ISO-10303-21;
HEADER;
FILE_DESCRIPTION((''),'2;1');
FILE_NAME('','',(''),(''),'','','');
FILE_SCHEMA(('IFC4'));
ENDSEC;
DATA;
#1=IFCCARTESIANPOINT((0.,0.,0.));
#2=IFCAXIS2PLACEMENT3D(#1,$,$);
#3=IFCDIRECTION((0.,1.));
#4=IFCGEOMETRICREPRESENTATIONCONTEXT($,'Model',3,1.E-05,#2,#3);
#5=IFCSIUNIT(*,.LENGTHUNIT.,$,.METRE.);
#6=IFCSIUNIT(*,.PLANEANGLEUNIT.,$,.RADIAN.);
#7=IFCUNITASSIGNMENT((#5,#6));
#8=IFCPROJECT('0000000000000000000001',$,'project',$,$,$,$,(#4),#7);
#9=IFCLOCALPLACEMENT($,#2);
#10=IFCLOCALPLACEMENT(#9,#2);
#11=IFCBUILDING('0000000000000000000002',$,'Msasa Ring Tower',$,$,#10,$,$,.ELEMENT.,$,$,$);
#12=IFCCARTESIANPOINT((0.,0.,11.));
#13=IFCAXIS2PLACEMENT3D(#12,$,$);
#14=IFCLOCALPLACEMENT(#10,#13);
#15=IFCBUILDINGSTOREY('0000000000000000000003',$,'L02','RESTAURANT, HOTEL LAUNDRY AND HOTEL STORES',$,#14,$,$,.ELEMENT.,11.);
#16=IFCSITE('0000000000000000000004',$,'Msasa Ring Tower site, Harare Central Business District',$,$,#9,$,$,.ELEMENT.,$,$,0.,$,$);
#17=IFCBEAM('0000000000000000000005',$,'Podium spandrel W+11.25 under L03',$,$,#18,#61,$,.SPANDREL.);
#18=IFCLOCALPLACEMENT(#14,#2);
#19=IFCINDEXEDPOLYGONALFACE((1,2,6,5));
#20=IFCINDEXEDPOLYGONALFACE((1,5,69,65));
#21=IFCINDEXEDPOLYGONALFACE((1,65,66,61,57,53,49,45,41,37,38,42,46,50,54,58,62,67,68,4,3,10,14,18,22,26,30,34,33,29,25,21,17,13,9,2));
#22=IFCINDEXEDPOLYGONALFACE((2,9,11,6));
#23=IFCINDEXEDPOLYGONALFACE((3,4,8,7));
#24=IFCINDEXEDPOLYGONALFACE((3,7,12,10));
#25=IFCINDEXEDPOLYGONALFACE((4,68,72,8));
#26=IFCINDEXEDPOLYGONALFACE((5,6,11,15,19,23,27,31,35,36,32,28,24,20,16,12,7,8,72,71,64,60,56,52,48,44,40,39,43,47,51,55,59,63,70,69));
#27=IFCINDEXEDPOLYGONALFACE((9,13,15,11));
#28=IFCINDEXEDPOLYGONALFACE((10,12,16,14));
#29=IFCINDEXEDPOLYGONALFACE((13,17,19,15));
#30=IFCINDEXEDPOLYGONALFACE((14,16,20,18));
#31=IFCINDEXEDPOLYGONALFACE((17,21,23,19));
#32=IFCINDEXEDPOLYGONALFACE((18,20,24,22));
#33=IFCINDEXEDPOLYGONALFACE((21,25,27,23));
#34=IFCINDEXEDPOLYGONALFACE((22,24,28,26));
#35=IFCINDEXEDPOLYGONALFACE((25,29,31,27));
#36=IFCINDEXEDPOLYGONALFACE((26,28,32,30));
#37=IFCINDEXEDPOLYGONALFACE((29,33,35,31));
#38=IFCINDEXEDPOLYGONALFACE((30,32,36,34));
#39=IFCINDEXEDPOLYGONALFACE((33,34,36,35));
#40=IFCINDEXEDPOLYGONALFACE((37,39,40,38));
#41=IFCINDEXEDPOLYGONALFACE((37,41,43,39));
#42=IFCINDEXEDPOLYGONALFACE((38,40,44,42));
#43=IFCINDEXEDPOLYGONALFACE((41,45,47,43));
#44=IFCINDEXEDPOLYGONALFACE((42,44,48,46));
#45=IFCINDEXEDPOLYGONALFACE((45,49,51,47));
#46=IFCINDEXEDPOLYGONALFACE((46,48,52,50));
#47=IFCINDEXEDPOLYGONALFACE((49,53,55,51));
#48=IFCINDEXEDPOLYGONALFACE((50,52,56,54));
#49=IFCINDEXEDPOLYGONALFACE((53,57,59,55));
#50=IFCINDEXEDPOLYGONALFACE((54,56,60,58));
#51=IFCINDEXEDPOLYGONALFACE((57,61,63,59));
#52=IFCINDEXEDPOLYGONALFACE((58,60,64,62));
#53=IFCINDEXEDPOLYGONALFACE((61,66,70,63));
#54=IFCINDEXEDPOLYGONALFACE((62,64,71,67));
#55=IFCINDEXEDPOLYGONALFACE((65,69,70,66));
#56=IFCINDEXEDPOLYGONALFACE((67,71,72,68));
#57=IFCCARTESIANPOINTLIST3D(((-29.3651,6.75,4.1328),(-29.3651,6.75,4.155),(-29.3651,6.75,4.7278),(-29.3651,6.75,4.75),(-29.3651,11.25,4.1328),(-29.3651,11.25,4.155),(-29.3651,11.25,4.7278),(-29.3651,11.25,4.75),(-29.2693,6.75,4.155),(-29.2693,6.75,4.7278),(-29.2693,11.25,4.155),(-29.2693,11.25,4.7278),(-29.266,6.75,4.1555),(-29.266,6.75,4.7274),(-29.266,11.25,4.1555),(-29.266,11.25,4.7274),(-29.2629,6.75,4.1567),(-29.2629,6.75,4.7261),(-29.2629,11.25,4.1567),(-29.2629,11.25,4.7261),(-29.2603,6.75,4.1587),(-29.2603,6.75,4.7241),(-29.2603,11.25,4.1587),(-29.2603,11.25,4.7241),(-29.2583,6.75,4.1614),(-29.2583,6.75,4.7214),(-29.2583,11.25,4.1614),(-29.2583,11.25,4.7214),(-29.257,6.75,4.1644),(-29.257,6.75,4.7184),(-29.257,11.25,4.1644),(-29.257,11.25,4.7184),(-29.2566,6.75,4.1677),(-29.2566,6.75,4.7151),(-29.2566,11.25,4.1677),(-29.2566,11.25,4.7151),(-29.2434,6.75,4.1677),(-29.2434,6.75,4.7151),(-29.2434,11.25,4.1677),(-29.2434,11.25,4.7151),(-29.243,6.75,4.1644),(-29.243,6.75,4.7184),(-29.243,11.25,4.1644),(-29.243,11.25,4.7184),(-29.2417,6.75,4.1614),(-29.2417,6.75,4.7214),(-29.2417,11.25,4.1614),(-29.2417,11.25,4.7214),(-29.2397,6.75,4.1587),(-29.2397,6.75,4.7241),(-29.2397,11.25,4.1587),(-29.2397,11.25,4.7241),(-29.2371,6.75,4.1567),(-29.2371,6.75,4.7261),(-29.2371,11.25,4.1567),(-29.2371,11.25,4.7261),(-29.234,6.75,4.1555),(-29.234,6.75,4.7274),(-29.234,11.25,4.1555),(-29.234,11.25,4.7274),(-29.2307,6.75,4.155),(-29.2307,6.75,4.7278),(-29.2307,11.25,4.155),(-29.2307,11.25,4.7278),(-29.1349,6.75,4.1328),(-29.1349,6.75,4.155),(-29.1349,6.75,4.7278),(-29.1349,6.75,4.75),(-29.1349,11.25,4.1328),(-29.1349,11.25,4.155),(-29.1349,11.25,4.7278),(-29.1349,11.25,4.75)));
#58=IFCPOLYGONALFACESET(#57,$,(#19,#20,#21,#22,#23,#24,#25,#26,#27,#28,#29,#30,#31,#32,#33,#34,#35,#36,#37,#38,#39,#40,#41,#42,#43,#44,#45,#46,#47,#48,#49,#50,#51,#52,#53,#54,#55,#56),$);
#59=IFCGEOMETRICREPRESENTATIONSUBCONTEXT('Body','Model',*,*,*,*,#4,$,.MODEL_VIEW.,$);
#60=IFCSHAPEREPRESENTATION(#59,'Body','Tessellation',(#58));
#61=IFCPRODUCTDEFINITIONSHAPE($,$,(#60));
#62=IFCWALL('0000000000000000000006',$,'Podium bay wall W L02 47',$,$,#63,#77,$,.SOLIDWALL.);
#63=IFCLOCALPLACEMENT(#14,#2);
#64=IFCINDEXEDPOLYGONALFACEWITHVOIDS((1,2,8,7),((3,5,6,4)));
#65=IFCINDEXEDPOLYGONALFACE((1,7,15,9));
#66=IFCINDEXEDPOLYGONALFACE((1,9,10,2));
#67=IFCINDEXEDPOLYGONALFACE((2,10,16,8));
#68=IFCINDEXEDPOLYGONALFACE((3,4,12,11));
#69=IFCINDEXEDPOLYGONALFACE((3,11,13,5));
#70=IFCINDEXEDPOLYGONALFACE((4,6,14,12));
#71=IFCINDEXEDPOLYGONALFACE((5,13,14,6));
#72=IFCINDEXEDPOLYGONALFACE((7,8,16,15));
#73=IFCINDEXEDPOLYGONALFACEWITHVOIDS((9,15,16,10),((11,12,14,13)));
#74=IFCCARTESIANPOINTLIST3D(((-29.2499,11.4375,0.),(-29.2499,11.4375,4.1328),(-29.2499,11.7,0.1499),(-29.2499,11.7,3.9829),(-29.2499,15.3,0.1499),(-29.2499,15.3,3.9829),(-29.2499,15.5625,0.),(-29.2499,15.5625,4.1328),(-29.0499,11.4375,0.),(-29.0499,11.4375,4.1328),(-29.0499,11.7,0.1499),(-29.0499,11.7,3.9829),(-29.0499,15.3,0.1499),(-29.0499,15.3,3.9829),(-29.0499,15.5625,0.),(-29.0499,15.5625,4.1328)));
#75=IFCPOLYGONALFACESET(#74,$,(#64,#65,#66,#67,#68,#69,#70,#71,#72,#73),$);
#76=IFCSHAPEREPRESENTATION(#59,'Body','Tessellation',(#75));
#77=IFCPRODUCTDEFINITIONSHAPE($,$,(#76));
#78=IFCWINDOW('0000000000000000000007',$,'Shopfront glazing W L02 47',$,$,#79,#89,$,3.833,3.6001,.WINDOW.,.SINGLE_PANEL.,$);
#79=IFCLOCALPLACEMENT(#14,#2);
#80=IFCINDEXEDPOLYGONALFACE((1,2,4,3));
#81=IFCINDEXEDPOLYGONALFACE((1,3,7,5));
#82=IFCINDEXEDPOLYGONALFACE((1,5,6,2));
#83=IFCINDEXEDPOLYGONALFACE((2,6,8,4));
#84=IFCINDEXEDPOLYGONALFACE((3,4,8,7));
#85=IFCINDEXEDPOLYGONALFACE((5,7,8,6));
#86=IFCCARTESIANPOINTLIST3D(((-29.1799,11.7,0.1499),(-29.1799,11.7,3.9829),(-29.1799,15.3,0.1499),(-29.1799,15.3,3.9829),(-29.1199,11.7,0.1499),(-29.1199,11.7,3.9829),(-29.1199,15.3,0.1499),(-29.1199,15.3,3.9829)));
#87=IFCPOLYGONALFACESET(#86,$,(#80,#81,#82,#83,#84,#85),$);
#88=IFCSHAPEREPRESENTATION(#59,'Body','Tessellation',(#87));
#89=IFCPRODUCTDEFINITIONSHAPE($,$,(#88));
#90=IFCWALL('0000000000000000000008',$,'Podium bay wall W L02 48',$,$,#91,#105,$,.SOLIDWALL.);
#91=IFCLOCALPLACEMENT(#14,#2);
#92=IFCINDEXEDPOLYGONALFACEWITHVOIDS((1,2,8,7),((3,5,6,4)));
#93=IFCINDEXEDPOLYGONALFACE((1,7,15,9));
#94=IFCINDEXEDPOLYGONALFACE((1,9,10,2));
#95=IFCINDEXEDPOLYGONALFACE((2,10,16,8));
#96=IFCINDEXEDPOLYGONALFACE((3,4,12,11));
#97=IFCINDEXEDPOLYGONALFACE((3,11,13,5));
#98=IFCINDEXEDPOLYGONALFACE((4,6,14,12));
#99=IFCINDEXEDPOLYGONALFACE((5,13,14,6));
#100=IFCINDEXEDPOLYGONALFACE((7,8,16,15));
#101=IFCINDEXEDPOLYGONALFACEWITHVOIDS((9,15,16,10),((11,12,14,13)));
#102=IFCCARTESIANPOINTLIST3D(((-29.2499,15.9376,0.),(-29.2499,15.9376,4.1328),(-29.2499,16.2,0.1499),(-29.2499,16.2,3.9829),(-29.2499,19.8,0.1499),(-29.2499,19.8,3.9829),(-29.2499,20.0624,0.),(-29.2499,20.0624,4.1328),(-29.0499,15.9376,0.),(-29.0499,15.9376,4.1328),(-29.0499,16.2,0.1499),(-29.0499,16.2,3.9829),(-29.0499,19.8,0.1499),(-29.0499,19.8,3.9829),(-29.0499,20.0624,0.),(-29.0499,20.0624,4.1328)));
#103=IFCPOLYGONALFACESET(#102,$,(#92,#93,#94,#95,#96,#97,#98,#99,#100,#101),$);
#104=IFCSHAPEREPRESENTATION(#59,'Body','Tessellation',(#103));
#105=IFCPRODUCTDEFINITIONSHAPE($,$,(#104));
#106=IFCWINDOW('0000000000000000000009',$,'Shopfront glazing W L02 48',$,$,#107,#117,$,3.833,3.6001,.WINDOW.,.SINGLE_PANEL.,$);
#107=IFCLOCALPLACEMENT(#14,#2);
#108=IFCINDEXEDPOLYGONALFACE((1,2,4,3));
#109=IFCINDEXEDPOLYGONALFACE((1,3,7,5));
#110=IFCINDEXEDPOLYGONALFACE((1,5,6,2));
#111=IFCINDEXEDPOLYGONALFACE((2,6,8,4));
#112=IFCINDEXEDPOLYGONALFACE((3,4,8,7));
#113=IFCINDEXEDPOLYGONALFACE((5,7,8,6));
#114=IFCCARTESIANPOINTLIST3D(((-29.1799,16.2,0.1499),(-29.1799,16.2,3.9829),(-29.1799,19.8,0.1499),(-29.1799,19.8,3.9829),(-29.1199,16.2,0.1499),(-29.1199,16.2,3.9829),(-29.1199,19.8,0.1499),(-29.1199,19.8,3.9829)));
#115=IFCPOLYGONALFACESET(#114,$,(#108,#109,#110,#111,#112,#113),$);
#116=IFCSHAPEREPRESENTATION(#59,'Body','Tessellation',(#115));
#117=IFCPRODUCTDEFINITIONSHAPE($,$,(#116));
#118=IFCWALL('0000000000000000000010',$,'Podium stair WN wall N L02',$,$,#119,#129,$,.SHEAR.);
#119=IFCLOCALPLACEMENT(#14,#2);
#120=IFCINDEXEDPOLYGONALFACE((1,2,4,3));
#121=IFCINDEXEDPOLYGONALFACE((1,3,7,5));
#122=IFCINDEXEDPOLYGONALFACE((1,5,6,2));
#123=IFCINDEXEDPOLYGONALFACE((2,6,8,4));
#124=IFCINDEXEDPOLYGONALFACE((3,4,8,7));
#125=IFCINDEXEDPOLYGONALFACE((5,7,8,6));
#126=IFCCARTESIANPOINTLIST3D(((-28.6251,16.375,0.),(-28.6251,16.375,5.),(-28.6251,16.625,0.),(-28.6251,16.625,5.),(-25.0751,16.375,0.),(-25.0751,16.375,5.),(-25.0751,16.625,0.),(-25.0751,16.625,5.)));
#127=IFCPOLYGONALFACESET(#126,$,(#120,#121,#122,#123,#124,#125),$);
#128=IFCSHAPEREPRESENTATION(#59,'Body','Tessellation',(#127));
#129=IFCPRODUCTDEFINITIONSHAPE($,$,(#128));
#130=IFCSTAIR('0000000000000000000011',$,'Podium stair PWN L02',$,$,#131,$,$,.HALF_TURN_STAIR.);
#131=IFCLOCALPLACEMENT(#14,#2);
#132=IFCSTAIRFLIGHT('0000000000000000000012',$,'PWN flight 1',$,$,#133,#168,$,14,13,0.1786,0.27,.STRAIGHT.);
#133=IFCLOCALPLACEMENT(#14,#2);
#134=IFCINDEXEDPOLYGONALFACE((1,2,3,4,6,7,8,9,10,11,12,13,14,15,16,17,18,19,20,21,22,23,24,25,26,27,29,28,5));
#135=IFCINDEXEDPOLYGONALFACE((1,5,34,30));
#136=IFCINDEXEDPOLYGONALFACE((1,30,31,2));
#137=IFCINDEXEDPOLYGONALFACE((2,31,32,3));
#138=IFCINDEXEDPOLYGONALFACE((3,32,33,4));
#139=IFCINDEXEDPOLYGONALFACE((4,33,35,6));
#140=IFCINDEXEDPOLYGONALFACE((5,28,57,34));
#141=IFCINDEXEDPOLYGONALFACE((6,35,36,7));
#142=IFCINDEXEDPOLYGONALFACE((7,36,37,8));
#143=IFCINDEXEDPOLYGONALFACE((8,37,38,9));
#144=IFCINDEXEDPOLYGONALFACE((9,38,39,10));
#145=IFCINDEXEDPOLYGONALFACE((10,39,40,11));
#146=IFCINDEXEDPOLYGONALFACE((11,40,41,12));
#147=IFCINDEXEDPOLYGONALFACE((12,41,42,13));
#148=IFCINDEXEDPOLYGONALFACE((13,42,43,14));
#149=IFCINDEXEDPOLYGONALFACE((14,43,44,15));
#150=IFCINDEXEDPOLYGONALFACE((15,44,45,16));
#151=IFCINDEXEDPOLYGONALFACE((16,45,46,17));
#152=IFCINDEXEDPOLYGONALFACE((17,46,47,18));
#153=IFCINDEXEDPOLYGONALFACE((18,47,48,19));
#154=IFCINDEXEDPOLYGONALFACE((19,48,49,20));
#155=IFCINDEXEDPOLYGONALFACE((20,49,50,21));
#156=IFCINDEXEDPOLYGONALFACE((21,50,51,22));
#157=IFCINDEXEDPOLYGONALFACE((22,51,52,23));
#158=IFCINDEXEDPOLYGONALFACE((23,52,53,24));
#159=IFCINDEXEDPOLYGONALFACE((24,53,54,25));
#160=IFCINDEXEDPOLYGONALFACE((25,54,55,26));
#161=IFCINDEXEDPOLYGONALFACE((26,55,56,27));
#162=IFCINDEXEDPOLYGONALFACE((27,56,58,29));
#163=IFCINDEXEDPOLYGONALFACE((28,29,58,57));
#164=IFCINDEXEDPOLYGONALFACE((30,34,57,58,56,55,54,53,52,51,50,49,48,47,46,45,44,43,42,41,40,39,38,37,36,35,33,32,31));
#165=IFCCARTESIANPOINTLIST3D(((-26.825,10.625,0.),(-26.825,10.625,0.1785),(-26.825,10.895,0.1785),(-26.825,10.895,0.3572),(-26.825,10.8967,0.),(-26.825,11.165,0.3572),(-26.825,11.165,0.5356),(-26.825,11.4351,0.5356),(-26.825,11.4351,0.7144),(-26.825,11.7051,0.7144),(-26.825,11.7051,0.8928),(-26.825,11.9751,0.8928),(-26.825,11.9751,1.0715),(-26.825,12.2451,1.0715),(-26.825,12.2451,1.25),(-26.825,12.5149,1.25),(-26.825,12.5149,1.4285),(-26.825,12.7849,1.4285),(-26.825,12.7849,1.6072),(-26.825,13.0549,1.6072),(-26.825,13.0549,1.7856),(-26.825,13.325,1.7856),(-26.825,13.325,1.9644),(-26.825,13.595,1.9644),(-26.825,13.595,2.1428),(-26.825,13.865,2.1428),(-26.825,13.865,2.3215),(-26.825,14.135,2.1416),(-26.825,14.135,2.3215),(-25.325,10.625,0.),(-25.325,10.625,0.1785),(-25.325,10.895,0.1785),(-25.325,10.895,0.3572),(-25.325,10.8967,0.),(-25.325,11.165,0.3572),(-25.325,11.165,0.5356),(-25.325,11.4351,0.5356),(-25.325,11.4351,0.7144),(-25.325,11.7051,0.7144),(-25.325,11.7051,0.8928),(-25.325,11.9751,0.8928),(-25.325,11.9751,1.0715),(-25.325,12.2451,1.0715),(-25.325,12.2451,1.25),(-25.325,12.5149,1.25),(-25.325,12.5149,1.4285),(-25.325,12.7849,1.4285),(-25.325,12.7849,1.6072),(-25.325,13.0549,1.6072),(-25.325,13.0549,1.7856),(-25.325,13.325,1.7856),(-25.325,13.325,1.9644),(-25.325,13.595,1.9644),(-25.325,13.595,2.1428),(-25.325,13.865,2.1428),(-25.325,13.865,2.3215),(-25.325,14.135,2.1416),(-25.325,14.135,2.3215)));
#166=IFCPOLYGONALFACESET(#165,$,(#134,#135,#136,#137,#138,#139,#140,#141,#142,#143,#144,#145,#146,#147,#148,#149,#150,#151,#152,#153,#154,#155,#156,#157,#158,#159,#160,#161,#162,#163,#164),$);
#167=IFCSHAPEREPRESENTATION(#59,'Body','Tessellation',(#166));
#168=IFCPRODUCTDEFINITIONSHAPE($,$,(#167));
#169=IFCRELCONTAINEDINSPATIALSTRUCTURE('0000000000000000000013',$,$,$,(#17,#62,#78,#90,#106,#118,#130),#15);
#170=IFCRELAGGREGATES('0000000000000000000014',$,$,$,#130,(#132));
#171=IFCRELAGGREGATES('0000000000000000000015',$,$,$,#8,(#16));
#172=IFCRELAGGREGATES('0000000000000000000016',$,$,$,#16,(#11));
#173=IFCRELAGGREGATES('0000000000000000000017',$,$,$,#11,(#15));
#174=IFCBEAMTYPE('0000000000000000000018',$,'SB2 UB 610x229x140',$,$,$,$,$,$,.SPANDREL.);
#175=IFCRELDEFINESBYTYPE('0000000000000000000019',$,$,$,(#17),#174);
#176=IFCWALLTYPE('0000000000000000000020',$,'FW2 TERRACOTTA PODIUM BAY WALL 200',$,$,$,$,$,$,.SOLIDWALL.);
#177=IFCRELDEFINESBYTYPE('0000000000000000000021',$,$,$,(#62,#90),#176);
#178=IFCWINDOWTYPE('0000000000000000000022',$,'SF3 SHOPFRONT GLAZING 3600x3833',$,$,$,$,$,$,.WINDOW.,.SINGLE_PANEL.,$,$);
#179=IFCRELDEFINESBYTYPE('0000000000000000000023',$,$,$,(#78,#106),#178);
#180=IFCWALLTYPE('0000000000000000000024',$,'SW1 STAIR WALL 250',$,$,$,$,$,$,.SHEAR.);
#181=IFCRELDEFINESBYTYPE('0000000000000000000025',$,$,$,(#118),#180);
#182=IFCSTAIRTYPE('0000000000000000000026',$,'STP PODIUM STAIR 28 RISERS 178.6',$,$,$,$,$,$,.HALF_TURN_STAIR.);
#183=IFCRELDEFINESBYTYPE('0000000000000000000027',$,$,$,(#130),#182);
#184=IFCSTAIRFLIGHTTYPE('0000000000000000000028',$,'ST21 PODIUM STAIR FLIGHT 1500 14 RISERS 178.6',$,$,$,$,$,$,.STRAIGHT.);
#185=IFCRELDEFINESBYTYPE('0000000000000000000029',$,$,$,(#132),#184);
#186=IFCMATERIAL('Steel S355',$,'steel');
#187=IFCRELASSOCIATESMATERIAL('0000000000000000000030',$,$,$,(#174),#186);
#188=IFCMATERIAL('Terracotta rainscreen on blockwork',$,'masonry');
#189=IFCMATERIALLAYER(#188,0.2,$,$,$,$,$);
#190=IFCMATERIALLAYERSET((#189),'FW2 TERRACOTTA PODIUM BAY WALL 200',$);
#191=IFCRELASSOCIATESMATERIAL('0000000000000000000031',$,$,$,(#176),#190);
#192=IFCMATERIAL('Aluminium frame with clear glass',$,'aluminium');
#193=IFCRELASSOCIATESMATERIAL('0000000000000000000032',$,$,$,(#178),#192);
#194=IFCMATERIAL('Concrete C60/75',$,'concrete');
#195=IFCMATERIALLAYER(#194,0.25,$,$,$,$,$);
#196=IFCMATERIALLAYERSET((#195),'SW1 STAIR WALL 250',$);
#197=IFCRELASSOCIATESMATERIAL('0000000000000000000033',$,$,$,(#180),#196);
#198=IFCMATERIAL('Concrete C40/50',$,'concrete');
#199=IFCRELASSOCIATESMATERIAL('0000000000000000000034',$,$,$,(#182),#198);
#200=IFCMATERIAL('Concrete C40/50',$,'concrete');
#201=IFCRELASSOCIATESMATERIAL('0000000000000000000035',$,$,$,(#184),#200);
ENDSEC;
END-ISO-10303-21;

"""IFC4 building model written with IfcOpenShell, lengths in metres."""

from ifc_helpers import new_model, si_unit, direction, frame, frame_2d, origin, origin_2d, place, context, subcontext, project, spatial, polyline, rectangle, i_section, outline, extrude, material, layer, layer_set, material_profile, profile_set, type_object, element, fill, aggregate, save


model = new_model("IFC4")

# Units and contexts
model_context = context("Model", 3, precision=1e-05, world=origin(), true_north=direction((0.0, 1.0)))
body_context = subcontext(model_context, "Body", "Model", "MODEL_VIEW")
ifc_project = project(units=[si_unit("LENGTHUNIT", "METRE"), si_unit("PLANEANGLEUNIT", "RADIAN")], contexts=[model_context])

# Site, building, storey
site_placement = place(None, origin())
site = spatial("IfcSite", under=ifc_project, at=site_placement, Name="Msasa Ring Tower site, Harare Central Business District", CompositionType="ELEMENT", RefElevation=0.0)
building_placement = place(site_placement, origin())
building = spatial("IfcBuilding", under=site, at=building_placement, Name="Msasa Ring Tower", CompositionType="ELEMENT")
storey_placement = place(building_placement, frame((0.0, 0.0, 11.0)))
storey = spatial("IfcBuildingStorey", under=building, at=storey_placement, Name="L02", Description="RESTAURANT, HOTEL LAUNDRY AND HOTEL STORES", CompositionType="ELEMENT", Elevation=11.0)

# Beam
ifc_material_1 = material(Name="Steel S355", Category="steel")
ifc_material_profile_1 = material_profile(ifc_material_1, i_section(OverallWidth=0.2302, OverallDepth=0.6172, WebThickness=0.0132, FlangeThickness=0.0222, FilletRadius=0.0127, at=origin_2d()), Name="UB 610x229x140")
ifc_profile_set_1 = profile_set([ifc_material_profile_1], Name="Steel S355")
beam_type_1 = type_object("IfcBeamType", Name="SB2 UB 610x229x140", PredefinedType="SPANDREL", material=ifc_profile_set_1)
for number, where, z_axis, x_axis, name in (
    (1, (-29.25, 11.25, 4.4414), (0.0, -1.0, 0.0), (1.0, 0.0, 0.0), "Podium spandrel W+11.25 under L03"),
):
    element("IfcBeam", number, at=place(storey_placement, frame(where, z_axis=z_axis, x_axis=x_axis)), inside=storey, type_object=beam_type_1, Name=name, PredefinedType="SPANDREL", context=body_context, shape_type="SweptSolid", body=[
        extrude(i_section(OverallWidth=0.2302, OverallDepth=0.6172, WebThickness=0.0132, FlangeThickness=0.0222, FilletRadius=0.0127, at=origin_2d()), origin(), (0.0, 0.0, 1.0), 4.5),
    ])

# Walls, openings, windows
ifc_material_2 = material(Name="Terracotta rainscreen on blockwork", Category="masonry")
ifc_layer_1 = layer(ifc_material_2, 0.2)
ifc_layer_set_1 = layer_set([ifc_layer_1], Name="FW2 TERRACOTTA PODIUM BAY WALL 200")
wall_type_1 = type_object("IfcWallType", Name="FW2 TERRACOTTA PODIUM BAY WALL 200", PredefinedType="SOLIDWALL", material=ifc_layer_set_1)
wall_1_placement = place(storey_placement, frame((-29.1499, 11.4375, 0.0), z_axis=(0.0, 0.0, 1.0), x_axis=(0.0, 1.0, 0.0)))
wall_1 = element("IfcWall", 2, at=wall_1_placement, inside=storey, type_object=wall_type_1, Name="Podium bay wall W L02 47", PredefinedType="SOLIDWALL", context=body_context, shape_type="SweptSolid", body=[
    extrude(rectangle(XDim=4.125, YDim=0.2, at=frame_2d((2.0625, 0.0))), origin(), (0.0, 0.0, 1.0), 4.1328),
])
opening_1_placement = place(wall_1_placement, frame((0.2625, 0.0, 0.1499)))
opening_1 = element("IfcOpeningElement", 3, at=opening_1_placement, cuts=wall_1, PredefinedType="OPENING", context=body_context, shape_type="SweptSolid", body=[
    extrude(rectangle(XDim=3.6001, YDim=3.833, at=frame_2d((1.8, 1.9165))), frame((0.0, 0.1099, 0.0), z_axis=(0.0, -1.0, 0.0), x_axis=(1.0, 0.0, 0.0)), (0.0, 0.0, 1.0), 0.22),
])
ifc_material_3 = material(Name="Aluminium frame with clear glass", Category="aluminium")
window_type = type_object("IfcWindowType", Name="SF3 SHOPFRONT GLAZING 3600x3833", PartitioningType="SINGLE_PANEL", PredefinedType="WINDOW", material=ifc_material_3)
window_1_placement = place(opening_1_placement, origin())
window_1 = element("IfcWindow", 4, at=window_1_placement, inside=storey, type_object=window_type, Name="Shopfront glazing W L02 47", OverallHeight=3.833, OverallWidth=3.6001, PartitioningType="SINGLE_PANEL", PredefinedType="WINDOW", context=body_context, shape_type="SweptSolid", body=[
    extrude(rectangle(XDim=3.6001, YDim=3.833, at=frame_2d((1.8, 1.9165))), frame((0.0, 0.03, 0.0), z_axis=(0.0, -1.0, 0.0), x_axis=(1.0, 0.0, 0.0)), (0.0, 0.0, 1.0), 0.0601),
])
fill(opening_1, window_1)
wall_2_placement = place(storey_placement, frame((-29.1499, 15.9375, 0.0), z_axis=(0.0, 0.0, 1.0), x_axis=(0.0, 1.0, 0.0)))
wall_2 = element("IfcWall", 5, at=wall_2_placement, inside=storey, type_object=wall_type_1, Name="Podium bay wall W L02 48", PredefinedType="SOLIDWALL", context=body_context, shape_type="SweptSolid", body=[
    extrude(rectangle(XDim=4.1248, YDim=0.2, at=frame_2d((2.0625, 0.0))), origin(), (0.0, 0.0, 1.0), 4.1328),
])
opening_2_placement = place(wall_2_placement, frame((0.2625, 0.0, 0.1499)))
opening_2 = element("IfcOpeningElement", 6, at=opening_2_placement, cuts=wall_2, PredefinedType="OPENING", context=body_context, shape_type="SweptSolid", body=[
    extrude(rectangle(XDim=3.6001, YDim=3.833, at=frame_2d((1.8, 1.9165))), frame((0.0, 0.1099, 0.0), z_axis=(0.0, -1.0, 0.0), x_axis=(1.0, 0.0, 0.0)), (0.0, 0.0, 1.0), 0.22),
])
window_2_placement = place(opening_2_placement, origin())
window_2 = element("IfcWindow", 7, at=window_2_placement, inside=storey, type_object=window_type, Name="Shopfront glazing W L02 48", OverallHeight=3.833, OverallWidth=3.6001, PartitioningType="SINGLE_PANEL", PredefinedType="WINDOW", context=body_context, shape_type="SweptSolid", body=[
    extrude(rectangle(XDim=3.6001, YDim=3.833, at=frame_2d((1.8, 1.9165))), frame((0.0, 0.03, 0.0), z_axis=(0.0, -1.0, 0.0), x_axis=(1.0, 0.0, 0.0)), (0.0, 0.0, 1.0), 0.0601),
])
fill(opening_2, window_2)

# Wall
ifc_material_4 = material(Name="Concrete C60/75", Category="concrete")
ifc_layer_2 = layer(ifc_material_4, 0.25)
ifc_layer_set_2 = layer_set([ifc_layer_2], Name="SW1 STAIR WALL 250")
wall_type_2 = type_object("IfcWallType", Name="SW1 STAIR WALL 250", PredefinedType="SHEAR", material=ifc_layer_set_2)
wall_3_placement = place(storey_placement, frame((-28.625, 16.5, 0.0), z_axis=(0.0, 0.0, 1.0), x_axis=(1.0, 0.0, 0.0)))
element("IfcWall", 8, at=wall_3_placement, inside=storey, type_object=wall_type_2, Name="Podium stair WN wall N L02", PredefinedType="SHEAR", context=body_context, shape_type="SweptSolid", body=[
    extrude(rectangle(XDim=3.55, YDim=0.25, at=frame_2d((1.7749, 0.0))), origin(), (0.0, 0.0, 1.0), 5.0),
])

# Stair, stair flight
ifc_material_5 = material(Name="Concrete C40/50", Category="concrete")
stair_type = type_object("IfcStairType", Name="STP PODIUM STAIR 28 RISERS 178.6", PredefinedType="HALF_TURN_STAIR", material=ifc_material_5)
stair_placement = place(storey_placement, origin())
stair = element("IfcStair", 9, at=stair_placement, inside=storey, type_object=stair_type, Name="Podium stair PWN L02", PredefinedType="HALF_TURN_STAIR")
ifc_material_6 = material(Name="Concrete C40/50", Category="concrete")
stair_flight_type = type_object("IfcStairFlightType", Name="ST21 PODIUM STAIR FLIGHT 1500 14 RISERS 178.6", PredefinedType="STRAIGHT", material=ifc_material_6)
stair_flight_1_placement = place(storey_placement, frame((-26.075, 10.625, 0.0), z_axis=(0.0, 0.0, 1.0), x_axis=(0.0, 1.0, 0.0)))
stair_flight_1 = element("IfcStairFlight", 10, at=stair_flight_1_placement, type_object=stair_flight_type, Name="PWN flight 1", NumberOfRisers=14, NumberOfTreads=13, PredefinedType="STRAIGHT", RiserHeight=0.1786, TreadLength=0.27, context=body_context, shape_type="SweptSolid", body=[
    extrude(outline(polyline([(0.0, 0.0), (0.0, 0.1785), (0.27, 0.1785), (0.27, 0.3572), (0.54, 0.3572), (0.54, 0.5356), (0.8101, 0.5356), (0.8101, 0.7144), (1.0801, 0.7144), (1.0801, 0.8928), (1.3501, 0.8928), (1.3501, 1.0715), (1.6201, 1.0715), (1.6201, 1.25), (1.8899, 1.25), (1.8899, 1.4285), (2.1599, 1.4285), (2.1599, 1.6072), (2.4299, 1.6072), (2.4299, 1.7856), (2.7, 1.7856), (2.7, 1.9644), (2.97, 1.9644), (2.97, 2.1428), (3.24, 2.1428), (3.24, 2.3215), (3.51, 2.3215), (3.51, 2.5), (3.51, 2.1416), (0.2717, 0.0), (0.0, 0.0)])), frame((0.0, 0.75, 0.0), z_axis=(0.0, -1.0, 0.0), x_axis=(1.0, 0.0, 0.0)), (0.0, 0.0, 1.0), 1.5),
])
aggregate(stair, [stair_flight_1])

save(model, "model.ifc")
